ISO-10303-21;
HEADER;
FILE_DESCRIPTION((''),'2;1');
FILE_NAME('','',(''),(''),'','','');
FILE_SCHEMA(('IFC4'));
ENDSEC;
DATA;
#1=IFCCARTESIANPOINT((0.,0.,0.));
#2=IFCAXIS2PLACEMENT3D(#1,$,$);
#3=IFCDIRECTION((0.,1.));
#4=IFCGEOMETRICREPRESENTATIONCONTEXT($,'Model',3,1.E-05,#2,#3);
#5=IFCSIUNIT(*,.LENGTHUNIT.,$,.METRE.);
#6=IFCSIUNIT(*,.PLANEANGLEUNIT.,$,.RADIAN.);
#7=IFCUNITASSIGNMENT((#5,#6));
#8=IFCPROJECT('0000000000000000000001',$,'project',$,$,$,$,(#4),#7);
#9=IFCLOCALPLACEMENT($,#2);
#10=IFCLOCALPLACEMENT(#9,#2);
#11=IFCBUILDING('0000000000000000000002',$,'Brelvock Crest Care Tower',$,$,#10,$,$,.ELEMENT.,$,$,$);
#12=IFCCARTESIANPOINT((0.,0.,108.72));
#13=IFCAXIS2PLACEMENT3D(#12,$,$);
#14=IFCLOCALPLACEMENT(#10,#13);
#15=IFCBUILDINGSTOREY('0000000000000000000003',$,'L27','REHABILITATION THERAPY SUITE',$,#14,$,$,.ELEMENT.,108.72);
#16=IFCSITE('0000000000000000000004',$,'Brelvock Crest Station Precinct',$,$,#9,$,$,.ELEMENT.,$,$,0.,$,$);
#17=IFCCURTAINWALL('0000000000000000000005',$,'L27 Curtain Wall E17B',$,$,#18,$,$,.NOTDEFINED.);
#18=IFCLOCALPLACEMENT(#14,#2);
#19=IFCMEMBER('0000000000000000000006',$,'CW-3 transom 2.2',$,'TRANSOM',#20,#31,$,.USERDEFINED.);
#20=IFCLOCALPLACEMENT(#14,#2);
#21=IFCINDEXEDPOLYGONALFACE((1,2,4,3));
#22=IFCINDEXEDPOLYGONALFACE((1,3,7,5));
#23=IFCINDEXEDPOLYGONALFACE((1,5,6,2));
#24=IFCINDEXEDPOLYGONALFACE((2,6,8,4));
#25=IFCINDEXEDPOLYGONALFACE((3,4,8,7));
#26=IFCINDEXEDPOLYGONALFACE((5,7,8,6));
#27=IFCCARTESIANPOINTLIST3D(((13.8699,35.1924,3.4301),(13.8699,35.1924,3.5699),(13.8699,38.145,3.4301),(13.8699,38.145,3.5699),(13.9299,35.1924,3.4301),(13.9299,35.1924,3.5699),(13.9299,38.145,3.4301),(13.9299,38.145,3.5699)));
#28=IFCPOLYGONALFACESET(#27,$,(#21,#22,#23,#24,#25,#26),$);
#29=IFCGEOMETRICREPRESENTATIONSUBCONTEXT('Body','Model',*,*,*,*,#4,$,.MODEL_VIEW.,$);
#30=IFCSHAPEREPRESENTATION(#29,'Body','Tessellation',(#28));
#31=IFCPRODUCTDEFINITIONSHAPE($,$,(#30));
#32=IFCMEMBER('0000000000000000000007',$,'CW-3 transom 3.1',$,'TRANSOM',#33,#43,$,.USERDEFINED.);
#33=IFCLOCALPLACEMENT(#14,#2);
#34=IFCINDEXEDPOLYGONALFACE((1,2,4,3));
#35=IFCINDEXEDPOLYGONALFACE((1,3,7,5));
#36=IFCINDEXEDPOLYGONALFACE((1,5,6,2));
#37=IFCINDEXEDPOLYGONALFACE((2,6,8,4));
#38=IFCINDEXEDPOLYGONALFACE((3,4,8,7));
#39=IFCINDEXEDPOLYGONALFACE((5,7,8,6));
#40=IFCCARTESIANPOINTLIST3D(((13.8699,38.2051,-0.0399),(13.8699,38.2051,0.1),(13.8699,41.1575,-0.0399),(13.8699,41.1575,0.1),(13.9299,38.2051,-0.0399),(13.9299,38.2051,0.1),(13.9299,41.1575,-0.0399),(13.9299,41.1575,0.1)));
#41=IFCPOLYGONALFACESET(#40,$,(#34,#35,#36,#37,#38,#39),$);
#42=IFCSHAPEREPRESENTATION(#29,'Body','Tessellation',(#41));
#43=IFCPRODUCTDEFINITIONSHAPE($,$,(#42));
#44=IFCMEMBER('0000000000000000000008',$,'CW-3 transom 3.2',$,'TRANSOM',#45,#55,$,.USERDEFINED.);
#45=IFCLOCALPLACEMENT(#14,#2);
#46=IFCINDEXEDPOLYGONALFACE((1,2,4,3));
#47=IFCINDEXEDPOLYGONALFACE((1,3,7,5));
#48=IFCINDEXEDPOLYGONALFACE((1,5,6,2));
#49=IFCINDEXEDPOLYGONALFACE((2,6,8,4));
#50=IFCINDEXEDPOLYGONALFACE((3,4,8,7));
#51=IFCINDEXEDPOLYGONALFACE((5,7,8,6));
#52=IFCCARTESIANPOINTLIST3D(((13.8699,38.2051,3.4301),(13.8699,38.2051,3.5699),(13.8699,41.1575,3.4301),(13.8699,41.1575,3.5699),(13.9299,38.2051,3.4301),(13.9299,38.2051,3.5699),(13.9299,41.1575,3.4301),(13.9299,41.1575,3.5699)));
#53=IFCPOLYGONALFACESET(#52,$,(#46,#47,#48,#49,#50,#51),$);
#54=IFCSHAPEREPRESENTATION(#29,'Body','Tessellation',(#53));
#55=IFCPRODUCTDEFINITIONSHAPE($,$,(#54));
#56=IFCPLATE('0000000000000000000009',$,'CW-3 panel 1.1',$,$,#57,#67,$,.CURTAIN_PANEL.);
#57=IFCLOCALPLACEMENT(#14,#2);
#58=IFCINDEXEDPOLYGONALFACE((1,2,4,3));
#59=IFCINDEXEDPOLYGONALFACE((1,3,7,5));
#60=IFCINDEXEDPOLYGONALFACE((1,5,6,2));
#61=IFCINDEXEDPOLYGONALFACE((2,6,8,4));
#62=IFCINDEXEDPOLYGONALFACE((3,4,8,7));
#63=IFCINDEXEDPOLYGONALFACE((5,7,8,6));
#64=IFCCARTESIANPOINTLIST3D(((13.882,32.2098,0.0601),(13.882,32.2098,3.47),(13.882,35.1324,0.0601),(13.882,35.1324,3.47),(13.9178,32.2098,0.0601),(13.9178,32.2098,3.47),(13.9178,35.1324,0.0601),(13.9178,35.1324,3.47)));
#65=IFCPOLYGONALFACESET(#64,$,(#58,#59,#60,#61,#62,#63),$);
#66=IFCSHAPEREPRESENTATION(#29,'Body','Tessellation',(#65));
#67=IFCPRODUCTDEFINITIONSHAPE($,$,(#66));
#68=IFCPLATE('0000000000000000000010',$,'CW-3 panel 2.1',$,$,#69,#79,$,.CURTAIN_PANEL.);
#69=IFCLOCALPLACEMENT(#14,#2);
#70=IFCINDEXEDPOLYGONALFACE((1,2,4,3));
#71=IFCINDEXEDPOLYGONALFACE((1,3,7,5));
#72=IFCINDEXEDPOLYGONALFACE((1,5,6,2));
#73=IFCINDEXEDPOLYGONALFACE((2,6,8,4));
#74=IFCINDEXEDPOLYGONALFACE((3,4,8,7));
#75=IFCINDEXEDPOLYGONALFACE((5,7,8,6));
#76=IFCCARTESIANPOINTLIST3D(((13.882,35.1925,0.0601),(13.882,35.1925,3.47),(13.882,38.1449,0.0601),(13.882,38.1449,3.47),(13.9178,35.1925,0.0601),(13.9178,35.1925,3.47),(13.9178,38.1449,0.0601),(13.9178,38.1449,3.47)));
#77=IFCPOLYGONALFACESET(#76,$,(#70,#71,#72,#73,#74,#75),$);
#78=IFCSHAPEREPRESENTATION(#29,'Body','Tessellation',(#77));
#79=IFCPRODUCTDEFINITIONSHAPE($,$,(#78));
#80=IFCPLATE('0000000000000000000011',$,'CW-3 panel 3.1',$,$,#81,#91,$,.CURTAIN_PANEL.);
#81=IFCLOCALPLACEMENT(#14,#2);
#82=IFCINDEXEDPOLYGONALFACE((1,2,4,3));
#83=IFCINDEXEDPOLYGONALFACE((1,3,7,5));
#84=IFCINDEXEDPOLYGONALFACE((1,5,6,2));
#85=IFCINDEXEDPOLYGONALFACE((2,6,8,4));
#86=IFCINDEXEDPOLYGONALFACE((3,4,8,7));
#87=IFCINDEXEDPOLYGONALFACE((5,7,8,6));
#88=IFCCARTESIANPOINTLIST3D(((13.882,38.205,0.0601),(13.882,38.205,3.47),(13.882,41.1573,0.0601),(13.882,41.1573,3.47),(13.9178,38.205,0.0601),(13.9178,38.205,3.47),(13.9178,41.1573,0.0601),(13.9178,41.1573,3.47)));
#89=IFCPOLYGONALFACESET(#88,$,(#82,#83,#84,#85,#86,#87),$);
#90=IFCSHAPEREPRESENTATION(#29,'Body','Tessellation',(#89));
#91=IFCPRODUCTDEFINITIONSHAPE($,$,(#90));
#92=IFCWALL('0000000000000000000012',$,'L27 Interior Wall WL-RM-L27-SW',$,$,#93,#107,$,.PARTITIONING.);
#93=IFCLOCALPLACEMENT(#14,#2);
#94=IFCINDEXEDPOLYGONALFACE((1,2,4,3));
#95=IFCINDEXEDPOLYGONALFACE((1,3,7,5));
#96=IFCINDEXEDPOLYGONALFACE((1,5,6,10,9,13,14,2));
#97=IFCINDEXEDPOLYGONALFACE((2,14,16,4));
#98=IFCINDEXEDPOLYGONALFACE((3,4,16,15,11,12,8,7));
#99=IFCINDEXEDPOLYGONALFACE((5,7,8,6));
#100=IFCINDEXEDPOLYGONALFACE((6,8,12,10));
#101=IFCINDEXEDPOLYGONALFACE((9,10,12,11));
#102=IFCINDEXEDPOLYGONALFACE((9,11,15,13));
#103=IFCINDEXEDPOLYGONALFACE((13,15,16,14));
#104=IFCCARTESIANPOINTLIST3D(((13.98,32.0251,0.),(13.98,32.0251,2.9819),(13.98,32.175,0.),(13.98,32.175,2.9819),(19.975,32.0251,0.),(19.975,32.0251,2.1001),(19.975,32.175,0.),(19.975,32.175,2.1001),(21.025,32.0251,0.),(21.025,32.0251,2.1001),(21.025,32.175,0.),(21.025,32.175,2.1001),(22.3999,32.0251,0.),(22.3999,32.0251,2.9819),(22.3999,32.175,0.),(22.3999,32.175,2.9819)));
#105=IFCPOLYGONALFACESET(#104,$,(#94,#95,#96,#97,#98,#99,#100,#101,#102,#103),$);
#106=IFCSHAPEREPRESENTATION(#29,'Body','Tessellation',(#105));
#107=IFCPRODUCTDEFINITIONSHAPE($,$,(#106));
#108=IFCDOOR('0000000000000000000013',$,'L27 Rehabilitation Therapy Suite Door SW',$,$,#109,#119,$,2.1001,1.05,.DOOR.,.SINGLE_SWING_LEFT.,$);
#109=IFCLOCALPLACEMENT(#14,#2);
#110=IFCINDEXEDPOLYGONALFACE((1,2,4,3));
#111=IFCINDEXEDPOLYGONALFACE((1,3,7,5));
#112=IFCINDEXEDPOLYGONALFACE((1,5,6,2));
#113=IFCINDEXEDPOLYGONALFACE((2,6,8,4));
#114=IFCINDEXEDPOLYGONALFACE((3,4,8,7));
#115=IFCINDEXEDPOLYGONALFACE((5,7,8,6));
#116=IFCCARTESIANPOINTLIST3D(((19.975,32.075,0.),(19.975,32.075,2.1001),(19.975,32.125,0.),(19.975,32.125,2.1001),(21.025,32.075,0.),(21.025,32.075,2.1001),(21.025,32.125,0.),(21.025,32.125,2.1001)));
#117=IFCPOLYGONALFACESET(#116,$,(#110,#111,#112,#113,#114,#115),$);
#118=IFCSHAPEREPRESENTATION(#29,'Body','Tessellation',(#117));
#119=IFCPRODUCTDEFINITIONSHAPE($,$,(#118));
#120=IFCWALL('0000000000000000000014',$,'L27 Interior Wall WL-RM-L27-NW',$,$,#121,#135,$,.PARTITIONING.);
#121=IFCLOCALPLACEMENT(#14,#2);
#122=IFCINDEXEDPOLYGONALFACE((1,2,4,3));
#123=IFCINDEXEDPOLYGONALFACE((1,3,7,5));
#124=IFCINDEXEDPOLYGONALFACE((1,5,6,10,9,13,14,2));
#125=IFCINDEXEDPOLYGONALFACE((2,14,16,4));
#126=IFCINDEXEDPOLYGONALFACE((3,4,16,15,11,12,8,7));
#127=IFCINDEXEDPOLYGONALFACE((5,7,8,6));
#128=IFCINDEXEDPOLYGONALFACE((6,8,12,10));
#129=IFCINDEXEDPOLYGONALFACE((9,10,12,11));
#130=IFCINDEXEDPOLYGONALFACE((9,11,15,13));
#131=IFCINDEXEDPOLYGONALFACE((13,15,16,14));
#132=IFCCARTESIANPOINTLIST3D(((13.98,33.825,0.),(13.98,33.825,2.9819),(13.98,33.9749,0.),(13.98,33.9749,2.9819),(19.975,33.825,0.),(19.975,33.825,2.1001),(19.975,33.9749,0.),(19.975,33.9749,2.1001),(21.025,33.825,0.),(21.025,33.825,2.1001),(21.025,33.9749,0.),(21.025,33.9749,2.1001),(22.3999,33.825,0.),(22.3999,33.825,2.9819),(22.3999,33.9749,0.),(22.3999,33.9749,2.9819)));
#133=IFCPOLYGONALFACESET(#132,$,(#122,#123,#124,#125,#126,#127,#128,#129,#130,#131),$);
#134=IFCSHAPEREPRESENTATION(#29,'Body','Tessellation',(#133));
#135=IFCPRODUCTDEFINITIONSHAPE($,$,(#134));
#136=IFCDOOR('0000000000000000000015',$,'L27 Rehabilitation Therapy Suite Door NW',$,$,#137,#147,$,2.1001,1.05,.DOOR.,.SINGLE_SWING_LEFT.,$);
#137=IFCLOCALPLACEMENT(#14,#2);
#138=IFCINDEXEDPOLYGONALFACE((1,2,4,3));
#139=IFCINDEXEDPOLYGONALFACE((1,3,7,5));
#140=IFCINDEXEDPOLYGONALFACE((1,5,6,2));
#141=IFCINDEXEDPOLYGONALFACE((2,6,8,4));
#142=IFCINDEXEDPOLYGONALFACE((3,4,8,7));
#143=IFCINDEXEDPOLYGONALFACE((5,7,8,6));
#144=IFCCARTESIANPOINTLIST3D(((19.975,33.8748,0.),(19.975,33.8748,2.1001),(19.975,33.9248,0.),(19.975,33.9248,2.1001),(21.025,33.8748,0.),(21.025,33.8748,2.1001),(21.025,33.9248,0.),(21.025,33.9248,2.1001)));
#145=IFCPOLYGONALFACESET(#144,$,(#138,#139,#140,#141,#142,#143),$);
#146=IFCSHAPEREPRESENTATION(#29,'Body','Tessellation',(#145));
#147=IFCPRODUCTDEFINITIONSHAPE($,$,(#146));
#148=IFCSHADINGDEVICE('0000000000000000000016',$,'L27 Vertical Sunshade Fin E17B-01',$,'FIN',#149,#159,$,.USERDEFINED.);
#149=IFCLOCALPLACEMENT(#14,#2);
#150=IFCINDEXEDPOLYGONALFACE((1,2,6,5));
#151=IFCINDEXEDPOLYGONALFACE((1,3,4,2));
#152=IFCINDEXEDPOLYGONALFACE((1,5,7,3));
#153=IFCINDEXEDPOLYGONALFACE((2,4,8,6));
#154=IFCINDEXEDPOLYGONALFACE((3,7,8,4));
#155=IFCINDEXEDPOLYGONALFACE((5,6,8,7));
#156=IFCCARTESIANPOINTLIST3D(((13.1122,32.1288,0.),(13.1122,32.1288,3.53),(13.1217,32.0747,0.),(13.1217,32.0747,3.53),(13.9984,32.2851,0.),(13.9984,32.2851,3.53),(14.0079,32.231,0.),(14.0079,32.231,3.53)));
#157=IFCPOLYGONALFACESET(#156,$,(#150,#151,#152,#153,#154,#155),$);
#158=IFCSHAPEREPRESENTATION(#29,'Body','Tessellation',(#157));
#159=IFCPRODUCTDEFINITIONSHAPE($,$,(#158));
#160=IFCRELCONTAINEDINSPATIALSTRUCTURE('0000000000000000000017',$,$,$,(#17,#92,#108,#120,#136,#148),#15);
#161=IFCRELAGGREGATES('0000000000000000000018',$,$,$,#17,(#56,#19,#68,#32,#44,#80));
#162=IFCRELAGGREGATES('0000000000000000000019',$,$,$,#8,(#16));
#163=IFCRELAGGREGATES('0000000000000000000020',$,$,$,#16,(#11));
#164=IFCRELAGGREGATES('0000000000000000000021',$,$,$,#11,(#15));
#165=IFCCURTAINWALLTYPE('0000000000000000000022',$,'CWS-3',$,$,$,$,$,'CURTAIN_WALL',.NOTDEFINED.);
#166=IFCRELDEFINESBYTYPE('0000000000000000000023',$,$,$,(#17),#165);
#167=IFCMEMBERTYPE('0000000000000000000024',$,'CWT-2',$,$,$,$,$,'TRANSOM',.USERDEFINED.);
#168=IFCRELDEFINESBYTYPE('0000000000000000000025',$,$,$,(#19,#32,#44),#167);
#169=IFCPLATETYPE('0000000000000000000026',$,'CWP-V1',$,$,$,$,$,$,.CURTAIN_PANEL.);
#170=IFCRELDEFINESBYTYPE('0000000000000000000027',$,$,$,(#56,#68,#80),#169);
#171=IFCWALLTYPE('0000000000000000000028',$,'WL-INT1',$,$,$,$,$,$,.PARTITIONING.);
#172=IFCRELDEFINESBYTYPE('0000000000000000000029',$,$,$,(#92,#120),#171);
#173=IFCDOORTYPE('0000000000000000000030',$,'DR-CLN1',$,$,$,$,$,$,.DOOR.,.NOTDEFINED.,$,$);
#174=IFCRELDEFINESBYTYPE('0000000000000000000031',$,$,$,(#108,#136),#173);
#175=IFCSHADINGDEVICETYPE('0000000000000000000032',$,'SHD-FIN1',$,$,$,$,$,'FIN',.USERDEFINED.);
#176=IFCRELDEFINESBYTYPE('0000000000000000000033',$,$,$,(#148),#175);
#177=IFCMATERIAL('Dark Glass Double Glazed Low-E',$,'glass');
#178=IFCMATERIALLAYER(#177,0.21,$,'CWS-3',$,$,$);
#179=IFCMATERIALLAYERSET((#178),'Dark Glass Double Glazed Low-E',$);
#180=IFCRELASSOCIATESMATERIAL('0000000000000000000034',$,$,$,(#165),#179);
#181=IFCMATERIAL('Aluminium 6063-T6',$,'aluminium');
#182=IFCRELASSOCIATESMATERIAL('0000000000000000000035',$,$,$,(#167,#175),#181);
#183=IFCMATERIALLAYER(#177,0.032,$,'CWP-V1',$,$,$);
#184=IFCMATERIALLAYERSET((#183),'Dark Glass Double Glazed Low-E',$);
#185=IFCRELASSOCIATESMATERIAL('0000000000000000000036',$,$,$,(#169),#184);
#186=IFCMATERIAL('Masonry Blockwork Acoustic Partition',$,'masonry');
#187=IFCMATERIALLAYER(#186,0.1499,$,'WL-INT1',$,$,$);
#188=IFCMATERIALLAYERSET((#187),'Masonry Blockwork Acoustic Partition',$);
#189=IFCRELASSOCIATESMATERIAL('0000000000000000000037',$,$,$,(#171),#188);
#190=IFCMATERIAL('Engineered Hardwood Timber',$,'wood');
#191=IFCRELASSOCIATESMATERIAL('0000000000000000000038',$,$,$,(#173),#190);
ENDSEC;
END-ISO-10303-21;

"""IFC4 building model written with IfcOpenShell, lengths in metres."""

from ifc_helpers import new_model, si_unit, direction, frame, frame_2d, origin, origin_2d, place, context, subcontext, project, spatial, rectangle, extrude, source, transform, mapped, material, layer, layer_set, material_profile, profile_set, type_object, element, fill, aggregate, save


model = new_model("IFC4")

# Units and contexts
model_context = context("Model", 3, precision=1e-05, world=origin(), true_north=direction((0.0, 1.0)))
body_context = subcontext(model_context, "Body", "Model", "MODEL_VIEW")
ifc_project = project(units=[si_unit("LENGTHUNIT", "METRE"), si_unit("PLANEANGLEUNIT", "RADIAN")], contexts=[model_context])

# Site, building, storey
site_placement = place(None, origin())
site = spatial("IfcSite", under=ifc_project, at=site_placement, Name="Brelvock Crest Station Precinct", CompositionType="ELEMENT", RefElevation=0.0)
building_placement = place(site_placement, origin())
building = spatial("IfcBuilding", under=site, at=building_placement, Name="Brelvock Crest Care Tower", CompositionType="ELEMENT")
storey_placement = place(building_placement, frame((0.0, 0.0, 108.72)))
storey = spatial("IfcBuildingStorey", under=building, at=storey_placement, Name="L27", Description="REHABILITATION THERAPY SUITE", CompositionType="ELEMENT", Elevation=108.72)

# Curtain wall, members, plates
ifc_material_1 = material(Name="Dark Glass Double Glazed Low-E", Category="glass")
ifc_layer_1 = layer(ifc_material_1, 0.21, Name="CWS-3")
ifc_layer_set_1 = layer_set([ifc_layer_1], Name="Dark Glass Double Glazed Low-E")
curtain_wall_type = type_object("IfcCurtainWallType", Name="CWS-3", ElementType="CURTAIN_WALL", PredefinedType="NOTDEFINED", material=ifc_layer_set_1)
curtain_wall_placement = place(storey_placement, origin())
curtain_wall = element("IfcCurtainWall", 1, at=curtain_wall_placement, inside=storey, type_object=curtain_wall_type, Name="L27 Curtain Wall E17B", PredefinedType="NOTDEFINED")
ifc_material_2 = material(Name="Aluminium 6063-T6", Category="aluminium")
ifc_material_profile_1 = material_profile(ifc_material_2, rectangle(XDim=0.0601, YDim=0.1399, at=origin_2d()), Name="ALU60x140")
ifc_profile_set_1 = profile_set([ifc_material_profile_1], Name="Aluminium 6063-T6")
member_type_1 = type_object("IfcMemberType", Name="CWT-2", ElementType="TRANSOM", PredefinedType="USERDEFINED", material=ifc_profile_set_1)
shared_shape_1 = source(origin(), body_context, "Body", "SweptSolid", [
    extrude(rectangle(XDim=0.0601, YDim=0.1399, at=origin_2d()), origin(), (0.0, 0.0, 1.0), 2.9526),
])
member_1_placement = place(storey_placement, frame((13.8999, 35.1924, 3.5), z_axis=(0.0, 1.0, 0.0), x_axis=(-1.0, 0.0, 0.0)))
member_1 = element("IfcMember", 2, at=member_1_placement, type_object=member_type_1, Name="CW-3 transom 2.2", ObjectType="TRANSOM", PredefinedType="USERDEFINED", context=body_context, shape_type="MappedRepresentation", body=[
    mapped(shared_shape_1, transform((0.0, 0.0, 0.0), x_axis=(1.0, 0.0, 0.0), y_axis=(0.0, 1.0, 0.0), z_axis=(0.0, 0.0, 1.0), scale=1.0)),
])
shared_shape_2 = source(origin(), body_context, "Body", "SweptSolid", [
    extrude(rectangle(XDim=0.0601, YDim=0.1399, at=origin_2d()), origin(), (0.0, 0.0, 1.0), 2.9524),
])
member_2_placement = place(storey_placement, frame((13.8999, 38.2051, 0.03), z_axis=(0.0, 1.0, 0.0), x_axis=(-1.0, 0.0, 0.0)))
member_2 = element("IfcMember", 3, at=member_2_placement, type_object=member_type_1, Name="CW-3 transom 3.1", ObjectType="TRANSOM", PredefinedType="USERDEFINED", context=body_context, shape_type="MappedRepresentation", body=[
    mapped(shared_shape_2, transform((0.0, 0.0, 0.0), x_axis=(1.0, 0.0, 0.0), y_axis=(0.0, 1.0, 0.0), z_axis=(0.0, 0.0, 1.0), scale=1.0)),
])
member_3_placement = place(storey_placement, frame((13.8999, 38.2051, 3.5), z_axis=(0.0, 1.0, 0.0), x_axis=(-1.0, 0.0, 0.0)))
member_3 = element("IfcMember", 4, at=member_3_placement, type_object=member_type_1, Name="CW-3 transom 3.2", ObjectType="TRANSOM", PredefinedType="USERDEFINED", context=body_context, shape_type="MappedRepresentation", body=[
    mapped(shared_shape_2, transform((0.0, 0.0, 0.0), x_axis=(1.0, 0.0, 0.0), y_axis=(0.0, 1.0, 0.0), z_axis=(0.0, 0.0, 1.0), scale=1.0)),
])
ifc_layer_2 = layer(ifc_material_1, 0.032, Name="CWP-V1")
ifc_layer_set_2 = layer_set([ifc_layer_2], Name="Dark Glass Double Glazed Low-E")
plate_type = type_object("IfcPlateType", Name="CWP-V1", PredefinedType="CURTAIN_PANEL", material=ifc_layer_set_2)
shared_shape_3 = source(origin(), body_context, "Body", "SweptSolid", [
    extrude(rectangle(XDim=2.9226, YDim=0.0359, at=origin_2d()), origin(), (0.0, 0.0, 1.0), 3.4099),
])
plate_1_placement = place(storey_placement, frame((13.8999, 33.6711, 0.0601), z_axis=(0.0, 0.0, 1.0), x_axis=(0.0, 1.0, 0.0)))
plate_1 = element("IfcPlate", 5, at=plate_1_placement, type_object=plate_type, Name="CW-3 panel 1.1", PredefinedType="CURTAIN_PANEL", context=body_context, shape_type="MappedRepresentation", body=[
    mapped(shared_shape_3, transform((0.0, 0.0, 0.0), x_axis=(1.0, 0.0, 0.0), y_axis=(0.0, 1.0, 0.0), z_axis=(0.0, 0.0, 1.0), scale=1.0)),
])
shared_shape_4 = source(origin(), body_context, "Body", "SweptSolid", [
    extrude(rectangle(XDim=2.9524, YDim=0.0359, at=origin_2d()), origin(), (0.0, 0.0, 1.0), 3.4099),
])
plate_2_placement = place(storey_placement, frame((13.8999, 36.6687, 0.0601), z_axis=(0.0, 0.0, 1.0), x_axis=(0.0, 1.0, 0.0)))
plate_2 = element("IfcPlate", 6, at=plate_2_placement, type_object=plate_type, Name="CW-3 panel 2.1", PredefinedType="CURTAIN_PANEL", context=body_context, shape_type="MappedRepresentation", body=[
    mapped(shared_shape_4, transform((0.0, 0.0, 0.0), x_axis=(1.0, 0.0, 0.0), y_axis=(0.0, 1.0, 0.0), z_axis=(0.0, 0.0, 1.0), scale=1.0)),
])
plate_3_placement = place(storey_placement, frame((13.8999, 39.6812, 0.0601), z_axis=(0.0, 0.0, 1.0), x_axis=(0.0, 1.0, 0.0)))
plate_3 = element("IfcPlate", 7, at=plate_3_placement, type_object=plate_type, Name="CW-3 panel 3.1", PredefinedType="CURTAIN_PANEL", context=body_context, shape_type="MappedRepresentation", body=[
    mapped(shared_shape_4, transform((0.0, 0.0, 0.0), x_axis=(1.0, 0.0, 0.0), y_axis=(0.0, 1.0, 0.0), z_axis=(0.0, 0.0, 1.0), scale=1.0)),
])
aggregate(curtain_wall, [plate_1, member_1, plate_2, member_2, member_3, plate_3])

# Walls, openings, doors
ifc_material_3 = material(Name="Masonry Blockwork Acoustic Partition", Category="masonry")
ifc_layer_3 = layer(ifc_material_3, 0.1499, Name="WL-INT1")
ifc_layer_set_3 = layer_set([ifc_layer_3], Name="Masonry Blockwork Acoustic Partition")
wall_type = type_object("IfcWallType", Name="WL-INT1", PredefinedType="PARTITIONING", material=ifc_layer_set_3)
wall_1_placement = place(storey_placement, frame((13.98, 32.1001, 0.0), z_axis=(0.0, 0.0, 1.0), x_axis=(1.0, 0.0, 0.0)))
wall_1 = element("IfcWall", 8, at=wall_1_placement, inside=storey, type_object=wall_type, Name="L27 Interior Wall WL-RM-L27-SW", PredefinedType="PARTITIONING", context=body_context, shape_type="SweptSolid", body=[
    extrude(rectangle(XDim=8.4199, YDim=0.1499, at=frame_2d((4.21, 0.0))), origin(), (0.0, 0.0, 1.0), 2.9819),
])
opening_1_placement = place(wall_1_placement, frame((5.9951, 0.0, 0.0)))
opening_1 = element("IfcOpeningElement", 9, at=opening_1_placement, cuts=wall_1, PredefinedType="OPENING", context=body_context, shape_type="SweptSolid", body=[
    extrude(rectangle(XDim=1.05, YDim=2.1001, at=origin_2d()), frame((0.5249, 0.085, 1.05), z_axis=(0.0, -1.0, 0.0), x_axis=(1.0, 0.0, 0.0)), (0.0, 0.0, 1.0), 0.1699),
])
ifc_material_4 = material(Name="Engineered Hardwood Timber", Category="wood")
door_type = type_object("IfcDoorType", Name="DR-CLN1", OperationType="NOTDEFINED", PredefinedType="DOOR", material=ifc_material_4)
shared_shape_5 = source(origin(), body_context, "Body", "SweptSolid", [
    extrude(rectangle(XDim=1.05, YDim=2.1001, at=origin_2d()), frame((0.5249, 0.0249, 1.05), z_axis=(0.0, -1.0, 0.0), x_axis=(1.0, 0.0, 0.0)), (0.0, 0.0, 1.0), 0.05),
])
door_1_placement = place(opening_1_placement, origin())
door_1 = element("IfcDoor", 10, at=door_1_placement, inside=storey, type_object=door_type, Name="L27 Rehabilitation Therapy Suite Door SW", OperationType="SINGLE_SWING_LEFT", OverallHeight=2.1001, OverallWidth=1.05, PredefinedType="DOOR", context=body_context, shape_type="MappedRepresentation", body=[
    mapped(shared_shape_5, transform((0.0, 0.0, 0.0), x_axis=(1.0, 0.0, 0.0), y_axis=(0.0, 1.0, 0.0), z_axis=(0.0, 0.0, 1.0), scale=1.0)),
])
fill(opening_1, door_1)
wall_2_placement = place(storey_placement, frame((13.98, 33.8999, 0.0), z_axis=(0.0, 0.0, 1.0), x_axis=(1.0, 0.0, 0.0)))
wall_2 = element("IfcWall", 11, at=wall_2_placement, inside=storey, type_object=wall_type, Name="L27 Interior Wall WL-RM-L27-NW", PredefinedType="PARTITIONING", context=body_context, shape_type="SweptSolid", body=[
    extrude(rectangle(XDim=8.4199, YDim=0.1499, at=frame_2d((4.21, 0.0))), origin(), (0.0, 0.0, 1.0), 2.9819),
])
opening_2_placement = place(wall_2_placement, frame((5.9951, 0.0, 0.0)))
opening_2 = element("IfcOpeningElement", 12, at=opening_2_placement, cuts=wall_2, PredefinedType="OPENING", context=body_context, shape_type="SweptSolid", body=[
    extrude(rectangle(XDim=1.05, YDim=2.1001, at=origin_2d()), frame((0.5249, 0.085, 1.05), z_axis=(0.0, -1.0, 0.0), x_axis=(1.0, 0.0, 0.0)), (0.0, 0.0, 1.0), 0.1699),
])
door_2_placement = place(opening_2_placement, origin())
door_2 = element("IfcDoor", 13, at=door_2_placement, inside=storey, type_object=door_type, Name="L27 Rehabilitation Therapy Suite Door NW", OperationType="SINGLE_SWING_LEFT", OverallHeight=2.1001, OverallWidth=1.05, PredefinedType="DOOR", context=body_context, shape_type="MappedRepresentation", body=[
    mapped(shared_shape_5, transform((0.0, 0.0, 0.0), x_axis=(1.0, 0.0, 0.0), y_axis=(0.0, 1.0, 0.0), z_axis=(0.0, 0.0, 1.0), scale=1.0)),
])
fill(opening_2, door_2)

# Shading device
ifc_material_profile_2 = material_profile(ifc_material_2, rectangle(XDim=0.0549, YDim=0.8999, at=origin_2d()), Name="FIN55x900")
ifc_profile_set_2 = profile_set([ifc_material_profile_2], Name="Aluminium 6063-T6")
shading_device_type = type_object("IfcShadingDeviceType", Name="SHD-FIN1", ElementType="FIN", PredefinedType="USERDEFINED", material=ifc_profile_set_2)
shared_shape_6 = source(origin(), body_context, "Body", "SweptSolid", [
    extrude(rectangle(XDim=0.0549, YDim=0.8999, at=origin_2d()), origin(), (0.0, 0.0, 1.0), 3.53),
])
shading_device_placement = place(storey_placement, frame((13.5601, 32.1799, 0.0), z_axis=(0.0, 0.0, 1.0), x_axis=(-0.173648, 0.984808, 0.0)))
element("IfcShadingDevice", 14, at=shading_device_placement, inside=storey, type_object=shading_device_type, Name="L27 Vertical Sunshade Fin E17B-01", ObjectType="FIN", PredefinedType="USERDEFINED", context=body_context, shape_type="MappedRepresentation", body=[
    mapped(shared_shape_6, transform((0.0, 0.0, 0.0), x_axis=(1.0, 0.0, 0.0), y_axis=(0.0, 1.0, 0.0), z_axis=(0.0, 0.0, 1.0), scale=1.0)),
])

save(model, "model.ifc")
